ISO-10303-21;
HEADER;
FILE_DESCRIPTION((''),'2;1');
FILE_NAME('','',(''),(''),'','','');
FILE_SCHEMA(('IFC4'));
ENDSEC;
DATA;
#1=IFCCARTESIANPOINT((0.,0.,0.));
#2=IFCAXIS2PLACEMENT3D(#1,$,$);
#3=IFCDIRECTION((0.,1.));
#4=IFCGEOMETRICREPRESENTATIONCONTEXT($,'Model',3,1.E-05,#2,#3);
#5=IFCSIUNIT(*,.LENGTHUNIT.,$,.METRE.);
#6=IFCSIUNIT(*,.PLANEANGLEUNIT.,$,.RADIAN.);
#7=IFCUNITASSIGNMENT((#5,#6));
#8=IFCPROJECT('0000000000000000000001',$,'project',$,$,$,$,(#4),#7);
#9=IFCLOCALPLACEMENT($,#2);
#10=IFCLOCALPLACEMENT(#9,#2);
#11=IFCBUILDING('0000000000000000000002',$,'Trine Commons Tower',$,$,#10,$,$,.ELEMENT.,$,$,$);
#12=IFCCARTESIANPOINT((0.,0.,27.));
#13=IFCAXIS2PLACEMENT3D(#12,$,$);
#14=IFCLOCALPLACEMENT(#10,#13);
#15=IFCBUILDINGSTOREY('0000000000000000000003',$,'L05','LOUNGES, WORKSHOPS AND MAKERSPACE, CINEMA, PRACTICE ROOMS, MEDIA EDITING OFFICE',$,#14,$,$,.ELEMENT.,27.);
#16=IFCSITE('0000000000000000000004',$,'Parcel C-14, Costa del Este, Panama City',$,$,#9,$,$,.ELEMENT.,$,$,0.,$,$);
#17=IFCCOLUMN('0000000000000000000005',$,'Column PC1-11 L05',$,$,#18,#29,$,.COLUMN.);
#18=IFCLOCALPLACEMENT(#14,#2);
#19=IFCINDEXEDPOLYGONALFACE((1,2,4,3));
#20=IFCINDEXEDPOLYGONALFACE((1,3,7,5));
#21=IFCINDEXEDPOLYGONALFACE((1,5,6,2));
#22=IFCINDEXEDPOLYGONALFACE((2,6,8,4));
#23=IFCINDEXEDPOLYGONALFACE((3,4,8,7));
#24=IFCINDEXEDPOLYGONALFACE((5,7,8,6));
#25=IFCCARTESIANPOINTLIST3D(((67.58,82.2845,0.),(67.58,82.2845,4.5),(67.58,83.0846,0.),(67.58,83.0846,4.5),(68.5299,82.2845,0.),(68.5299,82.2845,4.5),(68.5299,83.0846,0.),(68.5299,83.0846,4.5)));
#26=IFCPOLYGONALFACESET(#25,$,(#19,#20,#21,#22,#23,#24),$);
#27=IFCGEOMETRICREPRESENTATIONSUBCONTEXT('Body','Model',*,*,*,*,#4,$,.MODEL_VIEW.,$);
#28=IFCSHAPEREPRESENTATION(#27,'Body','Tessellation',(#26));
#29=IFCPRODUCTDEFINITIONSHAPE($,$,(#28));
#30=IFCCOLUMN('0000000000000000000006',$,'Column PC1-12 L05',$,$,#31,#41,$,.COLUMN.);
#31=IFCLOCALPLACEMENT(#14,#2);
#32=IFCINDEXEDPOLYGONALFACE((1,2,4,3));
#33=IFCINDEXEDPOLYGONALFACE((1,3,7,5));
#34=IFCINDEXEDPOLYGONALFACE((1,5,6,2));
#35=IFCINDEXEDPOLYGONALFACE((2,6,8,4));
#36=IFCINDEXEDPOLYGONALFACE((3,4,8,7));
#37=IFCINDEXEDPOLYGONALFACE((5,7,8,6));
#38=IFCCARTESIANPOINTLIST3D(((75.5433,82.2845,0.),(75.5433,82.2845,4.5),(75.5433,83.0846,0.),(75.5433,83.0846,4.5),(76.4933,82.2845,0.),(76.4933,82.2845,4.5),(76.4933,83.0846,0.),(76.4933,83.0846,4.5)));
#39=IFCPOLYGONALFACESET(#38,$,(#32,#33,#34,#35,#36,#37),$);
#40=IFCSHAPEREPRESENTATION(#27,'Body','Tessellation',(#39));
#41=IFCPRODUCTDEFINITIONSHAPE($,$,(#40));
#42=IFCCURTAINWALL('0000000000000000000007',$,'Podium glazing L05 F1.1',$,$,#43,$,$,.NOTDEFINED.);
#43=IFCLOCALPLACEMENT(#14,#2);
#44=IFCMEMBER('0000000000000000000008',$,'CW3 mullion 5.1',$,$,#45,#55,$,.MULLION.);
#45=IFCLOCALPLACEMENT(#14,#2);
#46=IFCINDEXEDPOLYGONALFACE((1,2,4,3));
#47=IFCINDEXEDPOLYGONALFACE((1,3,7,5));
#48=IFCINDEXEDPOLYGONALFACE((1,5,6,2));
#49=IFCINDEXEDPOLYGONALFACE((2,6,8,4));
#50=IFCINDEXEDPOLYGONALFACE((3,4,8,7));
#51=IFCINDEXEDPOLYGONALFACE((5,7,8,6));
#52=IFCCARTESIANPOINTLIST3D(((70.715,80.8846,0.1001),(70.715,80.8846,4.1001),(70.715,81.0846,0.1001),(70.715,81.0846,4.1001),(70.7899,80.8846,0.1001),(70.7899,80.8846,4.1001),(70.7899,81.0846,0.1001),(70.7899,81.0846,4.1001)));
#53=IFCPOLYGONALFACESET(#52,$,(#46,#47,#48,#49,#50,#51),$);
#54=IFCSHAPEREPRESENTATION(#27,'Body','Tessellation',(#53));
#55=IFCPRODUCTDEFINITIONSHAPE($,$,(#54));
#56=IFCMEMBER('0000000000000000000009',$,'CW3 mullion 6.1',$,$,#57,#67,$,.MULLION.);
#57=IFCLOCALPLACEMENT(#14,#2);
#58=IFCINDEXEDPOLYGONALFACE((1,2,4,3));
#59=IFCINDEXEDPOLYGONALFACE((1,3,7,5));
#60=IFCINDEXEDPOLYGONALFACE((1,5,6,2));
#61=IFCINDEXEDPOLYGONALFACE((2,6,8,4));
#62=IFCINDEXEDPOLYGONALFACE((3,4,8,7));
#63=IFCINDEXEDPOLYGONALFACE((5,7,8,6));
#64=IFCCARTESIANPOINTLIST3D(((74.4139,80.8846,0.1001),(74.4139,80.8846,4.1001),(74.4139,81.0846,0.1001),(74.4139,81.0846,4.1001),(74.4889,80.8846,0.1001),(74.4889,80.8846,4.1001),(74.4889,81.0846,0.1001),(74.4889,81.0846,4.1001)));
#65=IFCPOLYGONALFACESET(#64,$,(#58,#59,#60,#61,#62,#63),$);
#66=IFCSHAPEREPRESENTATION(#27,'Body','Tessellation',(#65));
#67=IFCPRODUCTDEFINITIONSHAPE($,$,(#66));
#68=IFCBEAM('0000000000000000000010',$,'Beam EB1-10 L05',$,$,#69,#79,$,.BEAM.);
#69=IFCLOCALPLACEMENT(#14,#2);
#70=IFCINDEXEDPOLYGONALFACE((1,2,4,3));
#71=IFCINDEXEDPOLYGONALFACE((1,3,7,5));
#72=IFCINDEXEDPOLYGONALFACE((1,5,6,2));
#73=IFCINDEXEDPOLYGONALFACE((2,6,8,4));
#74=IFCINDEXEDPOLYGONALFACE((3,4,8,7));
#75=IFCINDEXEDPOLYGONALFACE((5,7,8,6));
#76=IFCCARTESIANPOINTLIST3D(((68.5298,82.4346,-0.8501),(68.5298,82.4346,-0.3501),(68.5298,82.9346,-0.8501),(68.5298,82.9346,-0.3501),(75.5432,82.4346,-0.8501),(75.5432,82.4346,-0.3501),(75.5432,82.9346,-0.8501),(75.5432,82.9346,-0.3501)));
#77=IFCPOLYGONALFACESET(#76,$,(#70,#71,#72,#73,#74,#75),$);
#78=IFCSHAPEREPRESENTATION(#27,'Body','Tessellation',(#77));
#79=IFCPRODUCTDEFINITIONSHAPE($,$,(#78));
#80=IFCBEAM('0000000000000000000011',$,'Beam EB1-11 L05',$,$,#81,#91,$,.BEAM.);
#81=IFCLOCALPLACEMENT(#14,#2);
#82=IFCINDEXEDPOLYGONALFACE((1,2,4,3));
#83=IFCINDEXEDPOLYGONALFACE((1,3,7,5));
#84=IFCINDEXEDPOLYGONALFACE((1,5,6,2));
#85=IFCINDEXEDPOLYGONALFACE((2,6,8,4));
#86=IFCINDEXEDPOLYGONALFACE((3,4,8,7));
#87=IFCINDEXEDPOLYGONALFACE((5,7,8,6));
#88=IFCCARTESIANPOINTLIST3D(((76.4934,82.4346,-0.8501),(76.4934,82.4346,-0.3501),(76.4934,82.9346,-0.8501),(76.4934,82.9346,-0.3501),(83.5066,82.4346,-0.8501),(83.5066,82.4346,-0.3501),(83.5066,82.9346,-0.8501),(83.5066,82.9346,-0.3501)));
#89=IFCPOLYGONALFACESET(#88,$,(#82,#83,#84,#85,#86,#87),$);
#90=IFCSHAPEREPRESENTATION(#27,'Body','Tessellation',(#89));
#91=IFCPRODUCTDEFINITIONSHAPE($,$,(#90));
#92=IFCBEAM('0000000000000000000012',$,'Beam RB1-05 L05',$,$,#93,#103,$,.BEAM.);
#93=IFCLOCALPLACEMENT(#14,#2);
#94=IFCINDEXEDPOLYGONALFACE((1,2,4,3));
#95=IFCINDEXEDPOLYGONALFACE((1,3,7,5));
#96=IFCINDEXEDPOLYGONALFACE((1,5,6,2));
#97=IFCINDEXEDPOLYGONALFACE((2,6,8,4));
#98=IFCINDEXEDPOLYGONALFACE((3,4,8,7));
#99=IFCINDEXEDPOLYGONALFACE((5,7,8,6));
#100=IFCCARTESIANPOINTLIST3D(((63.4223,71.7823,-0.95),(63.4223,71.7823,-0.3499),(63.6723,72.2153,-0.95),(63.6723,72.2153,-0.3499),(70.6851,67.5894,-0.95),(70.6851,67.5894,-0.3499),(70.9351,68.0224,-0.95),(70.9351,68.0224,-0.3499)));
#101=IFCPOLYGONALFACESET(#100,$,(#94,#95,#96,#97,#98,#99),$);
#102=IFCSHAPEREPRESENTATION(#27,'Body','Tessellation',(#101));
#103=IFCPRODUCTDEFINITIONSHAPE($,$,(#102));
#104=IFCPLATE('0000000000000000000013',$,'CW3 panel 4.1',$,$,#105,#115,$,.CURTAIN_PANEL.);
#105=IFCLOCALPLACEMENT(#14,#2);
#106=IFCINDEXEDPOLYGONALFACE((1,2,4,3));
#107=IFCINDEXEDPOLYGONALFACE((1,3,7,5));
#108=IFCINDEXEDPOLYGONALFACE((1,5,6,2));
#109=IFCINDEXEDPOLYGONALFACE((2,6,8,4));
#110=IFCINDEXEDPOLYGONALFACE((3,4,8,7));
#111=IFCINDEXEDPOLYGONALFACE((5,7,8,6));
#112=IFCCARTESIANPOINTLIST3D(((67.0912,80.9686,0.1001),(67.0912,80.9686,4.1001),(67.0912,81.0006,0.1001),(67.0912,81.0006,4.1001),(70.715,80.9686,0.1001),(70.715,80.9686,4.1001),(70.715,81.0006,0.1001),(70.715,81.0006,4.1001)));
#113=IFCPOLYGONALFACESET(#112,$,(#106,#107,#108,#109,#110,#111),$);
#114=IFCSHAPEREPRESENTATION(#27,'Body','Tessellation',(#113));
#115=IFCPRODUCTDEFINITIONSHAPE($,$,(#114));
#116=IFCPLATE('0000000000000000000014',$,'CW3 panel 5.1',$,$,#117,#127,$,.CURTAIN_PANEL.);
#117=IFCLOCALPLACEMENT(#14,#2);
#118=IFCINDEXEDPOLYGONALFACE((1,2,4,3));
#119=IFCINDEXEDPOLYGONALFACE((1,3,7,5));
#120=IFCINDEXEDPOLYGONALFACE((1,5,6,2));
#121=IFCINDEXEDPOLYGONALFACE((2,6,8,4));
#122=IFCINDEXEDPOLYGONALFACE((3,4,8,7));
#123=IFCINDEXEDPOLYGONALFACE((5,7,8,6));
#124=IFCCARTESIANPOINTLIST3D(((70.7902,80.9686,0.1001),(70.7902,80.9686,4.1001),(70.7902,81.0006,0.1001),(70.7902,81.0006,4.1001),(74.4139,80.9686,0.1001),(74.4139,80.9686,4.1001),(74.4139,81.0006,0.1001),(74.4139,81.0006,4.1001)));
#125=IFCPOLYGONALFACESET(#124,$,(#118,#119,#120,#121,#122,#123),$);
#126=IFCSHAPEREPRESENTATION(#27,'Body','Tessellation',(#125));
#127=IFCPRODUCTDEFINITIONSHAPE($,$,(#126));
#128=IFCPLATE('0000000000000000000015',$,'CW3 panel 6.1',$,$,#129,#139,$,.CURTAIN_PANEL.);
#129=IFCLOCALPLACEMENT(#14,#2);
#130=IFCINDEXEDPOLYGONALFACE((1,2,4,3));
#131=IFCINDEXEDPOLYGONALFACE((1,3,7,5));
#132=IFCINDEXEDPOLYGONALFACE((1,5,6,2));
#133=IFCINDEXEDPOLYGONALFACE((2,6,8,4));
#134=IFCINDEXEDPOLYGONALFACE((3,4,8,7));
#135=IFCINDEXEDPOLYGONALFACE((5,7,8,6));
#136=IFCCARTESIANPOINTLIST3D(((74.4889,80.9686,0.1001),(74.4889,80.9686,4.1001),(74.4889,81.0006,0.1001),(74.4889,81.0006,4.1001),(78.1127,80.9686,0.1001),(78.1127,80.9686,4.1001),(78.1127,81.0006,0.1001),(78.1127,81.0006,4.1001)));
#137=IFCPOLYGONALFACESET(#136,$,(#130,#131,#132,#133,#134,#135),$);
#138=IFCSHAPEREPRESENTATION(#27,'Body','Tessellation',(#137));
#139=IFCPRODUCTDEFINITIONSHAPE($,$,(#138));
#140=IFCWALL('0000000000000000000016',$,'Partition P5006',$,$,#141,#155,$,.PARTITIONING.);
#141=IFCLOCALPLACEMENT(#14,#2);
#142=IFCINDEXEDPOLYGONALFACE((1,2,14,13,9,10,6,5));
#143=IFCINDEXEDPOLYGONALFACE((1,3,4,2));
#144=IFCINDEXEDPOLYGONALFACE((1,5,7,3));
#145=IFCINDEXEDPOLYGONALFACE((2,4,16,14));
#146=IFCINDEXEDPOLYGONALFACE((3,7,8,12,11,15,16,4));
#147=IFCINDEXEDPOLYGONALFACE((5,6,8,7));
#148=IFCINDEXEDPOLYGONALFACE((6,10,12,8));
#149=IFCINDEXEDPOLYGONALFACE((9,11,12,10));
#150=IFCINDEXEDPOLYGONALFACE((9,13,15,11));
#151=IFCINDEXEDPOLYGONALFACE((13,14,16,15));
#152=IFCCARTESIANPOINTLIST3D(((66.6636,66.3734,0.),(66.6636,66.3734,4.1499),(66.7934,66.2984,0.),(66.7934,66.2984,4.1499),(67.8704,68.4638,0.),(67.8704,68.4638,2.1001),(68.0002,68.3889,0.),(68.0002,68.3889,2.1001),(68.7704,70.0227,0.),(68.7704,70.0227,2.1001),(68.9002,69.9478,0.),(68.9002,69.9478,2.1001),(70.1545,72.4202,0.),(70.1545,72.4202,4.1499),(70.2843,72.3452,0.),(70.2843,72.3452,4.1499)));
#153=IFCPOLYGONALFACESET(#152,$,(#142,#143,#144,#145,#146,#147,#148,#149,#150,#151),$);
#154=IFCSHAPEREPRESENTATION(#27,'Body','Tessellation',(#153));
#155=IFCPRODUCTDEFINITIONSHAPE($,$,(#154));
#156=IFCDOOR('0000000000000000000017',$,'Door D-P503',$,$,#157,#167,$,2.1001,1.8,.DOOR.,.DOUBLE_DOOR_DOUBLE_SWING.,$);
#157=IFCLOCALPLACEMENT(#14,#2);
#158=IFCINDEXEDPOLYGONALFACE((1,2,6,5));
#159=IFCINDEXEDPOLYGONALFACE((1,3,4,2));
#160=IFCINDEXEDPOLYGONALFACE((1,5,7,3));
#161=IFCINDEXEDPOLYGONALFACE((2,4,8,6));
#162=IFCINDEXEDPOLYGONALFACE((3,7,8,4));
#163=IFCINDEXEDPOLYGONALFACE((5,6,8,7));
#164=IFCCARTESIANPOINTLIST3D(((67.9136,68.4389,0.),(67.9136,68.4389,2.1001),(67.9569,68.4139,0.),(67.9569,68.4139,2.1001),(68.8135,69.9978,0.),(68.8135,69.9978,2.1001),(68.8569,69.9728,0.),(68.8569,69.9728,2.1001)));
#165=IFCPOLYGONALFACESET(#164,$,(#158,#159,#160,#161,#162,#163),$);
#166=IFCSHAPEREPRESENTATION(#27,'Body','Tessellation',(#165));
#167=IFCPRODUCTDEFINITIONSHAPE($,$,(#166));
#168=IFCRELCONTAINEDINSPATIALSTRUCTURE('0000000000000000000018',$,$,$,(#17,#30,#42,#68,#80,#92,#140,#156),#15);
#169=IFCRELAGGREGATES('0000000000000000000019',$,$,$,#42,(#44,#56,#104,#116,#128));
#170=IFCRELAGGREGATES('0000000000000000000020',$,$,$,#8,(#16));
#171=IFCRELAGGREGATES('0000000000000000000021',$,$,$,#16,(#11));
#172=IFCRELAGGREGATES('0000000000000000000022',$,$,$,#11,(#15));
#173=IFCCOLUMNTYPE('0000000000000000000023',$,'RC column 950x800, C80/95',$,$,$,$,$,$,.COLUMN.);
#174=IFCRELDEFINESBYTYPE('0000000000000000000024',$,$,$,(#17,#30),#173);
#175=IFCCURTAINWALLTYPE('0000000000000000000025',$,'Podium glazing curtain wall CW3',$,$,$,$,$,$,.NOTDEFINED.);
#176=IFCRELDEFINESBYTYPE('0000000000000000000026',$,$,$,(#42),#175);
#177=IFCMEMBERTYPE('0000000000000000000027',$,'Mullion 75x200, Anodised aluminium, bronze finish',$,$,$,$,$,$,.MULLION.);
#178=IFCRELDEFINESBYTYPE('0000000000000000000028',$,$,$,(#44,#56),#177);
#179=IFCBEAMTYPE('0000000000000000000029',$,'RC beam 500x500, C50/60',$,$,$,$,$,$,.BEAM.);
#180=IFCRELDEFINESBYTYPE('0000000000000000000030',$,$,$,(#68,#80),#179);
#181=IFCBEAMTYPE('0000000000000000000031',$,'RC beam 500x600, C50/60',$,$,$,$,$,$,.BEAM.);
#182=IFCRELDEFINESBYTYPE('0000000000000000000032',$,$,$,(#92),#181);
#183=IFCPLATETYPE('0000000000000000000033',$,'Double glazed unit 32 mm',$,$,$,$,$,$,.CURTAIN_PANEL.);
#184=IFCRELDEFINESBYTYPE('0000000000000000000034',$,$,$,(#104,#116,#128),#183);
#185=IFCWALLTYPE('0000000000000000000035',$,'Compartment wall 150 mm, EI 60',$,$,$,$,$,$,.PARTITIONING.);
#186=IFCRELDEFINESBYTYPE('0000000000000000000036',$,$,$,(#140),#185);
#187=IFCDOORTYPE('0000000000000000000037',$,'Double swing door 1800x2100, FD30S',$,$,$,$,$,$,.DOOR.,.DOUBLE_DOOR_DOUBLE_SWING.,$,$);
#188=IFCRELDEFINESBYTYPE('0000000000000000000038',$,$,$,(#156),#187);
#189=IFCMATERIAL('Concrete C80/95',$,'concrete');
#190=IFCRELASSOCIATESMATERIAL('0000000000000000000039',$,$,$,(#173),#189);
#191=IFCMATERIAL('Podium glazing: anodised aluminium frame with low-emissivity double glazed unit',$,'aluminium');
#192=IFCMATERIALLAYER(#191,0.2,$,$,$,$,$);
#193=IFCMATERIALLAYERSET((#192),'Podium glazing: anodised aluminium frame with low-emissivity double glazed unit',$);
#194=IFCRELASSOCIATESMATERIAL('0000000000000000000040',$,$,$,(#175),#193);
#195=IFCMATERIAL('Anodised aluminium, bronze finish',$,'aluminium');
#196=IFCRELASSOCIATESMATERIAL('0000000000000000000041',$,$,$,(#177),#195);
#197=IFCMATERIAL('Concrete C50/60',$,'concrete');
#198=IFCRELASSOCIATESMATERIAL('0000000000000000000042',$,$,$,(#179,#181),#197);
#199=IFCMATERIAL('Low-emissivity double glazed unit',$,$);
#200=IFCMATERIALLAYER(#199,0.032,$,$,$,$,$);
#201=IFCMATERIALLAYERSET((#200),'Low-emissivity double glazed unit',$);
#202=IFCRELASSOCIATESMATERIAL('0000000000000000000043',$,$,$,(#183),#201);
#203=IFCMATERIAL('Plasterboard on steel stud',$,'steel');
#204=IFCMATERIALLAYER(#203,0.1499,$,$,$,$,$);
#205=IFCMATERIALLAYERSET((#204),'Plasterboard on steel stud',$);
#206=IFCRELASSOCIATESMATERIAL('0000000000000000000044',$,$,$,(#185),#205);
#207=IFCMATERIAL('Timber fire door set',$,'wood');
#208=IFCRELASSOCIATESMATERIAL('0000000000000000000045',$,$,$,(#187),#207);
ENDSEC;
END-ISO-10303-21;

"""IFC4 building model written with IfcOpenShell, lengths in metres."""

from ifc_helpers import new_model, si_unit, direction, frame, frame_2d, origin, origin_2d, place, context, subcontext, project, spatial, rectangle, extrude, material, layer, layer_set, material_profile, profile_set, type_object, element, fill, aggregate, save


model = new_model("IFC4")

# Units and contexts
model_context = context("Model", 3, precision=1e-05, world=origin(), true_north=direction((0.0, 1.0)))
body_context = subcontext(model_context, "Body", "Model", "MODEL_VIEW")
ifc_project = project(units=[si_unit("LENGTHUNIT", "METRE"), si_unit("PLANEANGLEUNIT", "RADIAN")], contexts=[model_context])

# Site, building, storey
site_placement = place(None, origin())
site = spatial("IfcSite", under=ifc_project, at=site_placement, Name="Parcel C-14, Costa del Este, Panama City", CompositionType="ELEMENT", RefElevation=0.0)
building_placement = place(site_placement, origin())
building = spatial("IfcBuilding", under=site, at=building_placement, Name="Trine Commons Tower", CompositionType="ELEMENT")
storey_placement = place(building_placement, frame((0.0, 0.0, 27.0)))
storey = spatial("IfcBuildingStorey", under=building, at=storey_placement, Name="L05", Description="LOUNGES, WORKSHOPS AND MAKERSPACE, CINEMA, PRACTICE ROOMS, MEDIA EDITING OFFICE", CompositionType="ELEMENT", Elevation=27.0)

# Columns
ifc_material_1 = material(Name="Concrete C80/95", Category="concrete")
ifc_material_profile_1 = material_profile(ifc_material_1, rectangle(XDim=0.95, YDim=0.8, at=origin_2d()), Name="RC 950x800")
ifc_profile_set_1 = profile_set([ifc_material_profile_1], Name="Concrete C80/95")
column_type = type_object("IfcColumnType", Name="RC column 950x800, C80/95", PredefinedType="COLUMN", material=ifc_profile_set_1)
for number, where, z_axis, x_axis, name in (
    (1, (68.0549, 82.6846, 0.0), (0.0, 0.0, 1.0), (1.0, 0.0, 0.0), "Column PC1-11 L05"),
    (2, (76.0183, 82.6846, 0.0), (0.0, 0.0, 1.0), (1.0, 0.0, 0.0), "Column PC1-12 L05"),
):
    element("IfcColumn", number, at=place(storey_placement, frame(where, z_axis=z_axis, x_axis=x_axis)), inside=storey, type_object=column_type, Name=name, PredefinedType="COLUMN", context=body_context, shape_type="SweptSolid", body=[
        extrude(rectangle(XDim=0.95, YDim=0.8, at=origin_2d()), origin(), (0.0, 0.0, 1.0), 4.5),
    ])

# Curtain wall, members
ifc_material_2 = material(Name="Podium glazing: anodised aluminium frame with low-emissivity double glazed unit", Category="aluminium")
ifc_layer_1 = layer(ifc_material_2, 0.2)
ifc_layer_set_1 = layer_set([ifc_layer_1], Name="Podium glazing: anodised aluminium frame with low-emissivity double glazed unit")
curtain_wall_type = type_object("IfcCurtainWallType", Name="Podium glazing curtain wall CW3", PredefinedType="NOTDEFINED", material=ifc_layer_set_1)
curtain_wall_placement = place(storey_placement, origin())
curtain_wall = element("IfcCurtainWall", 3, at=curtain_wall_placement, inside=storey, type_object=curtain_wall_type, Name="Podium glazing L05 F1.1", PredefinedType="NOTDEFINED")
ifc_material_3 = material(Name="Anodised aluminium, bronze finish", Category="aluminium")
ifc_material_profile_2 = material_profile(ifc_material_3, rectangle(XDim=0.2, YDim=0.075, at=origin_2d()), Name="Mullion 75x200")
ifc_profile_set_2 = profile_set([ifc_material_profile_2], Name="Anodised aluminium, bronze finish")
member_type = type_object("IfcMemberType", Name="Mullion 75x200, Anodised aluminium, bronze finish", PredefinedType="MULLION", material=ifc_profile_set_2)
member_1_placement = place(storey_placement, frame((70.7524, 80.9846, 0.1001), z_axis=(0.0, 0.0, 1.0), x_axis=(0.0, 1.0, 0.0)))
member_1 = element("IfcMember", 4, at=member_1_placement, type_object=member_type, Name="CW3 mullion 5.1", PredefinedType="MULLION", context=body_context, shape_type="SweptSolid", body=[
    extrude(rectangle(XDim=0.2, YDim=0.075, at=origin_2d()), origin(), (0.0, 0.0, 1.0), 4.0),
])
member_2_placement = place(storey_placement, frame((74.4514, 80.9846, 0.1001), z_axis=(0.0, 0.0, 1.0), x_axis=(0.0, 1.0, 0.0)))
member_2 = element("IfcMember", 5, at=member_2_placement, type_object=member_type, Name="CW3 mullion 6.1", PredefinedType="MULLION", context=body_context, shape_type="SweptSolid", body=[
    extrude(rectangle(XDim=0.2, YDim=0.075, at=origin_2d()), origin(), (0.0, 0.0, 1.0), 4.0),
])

# Beams
ifc_material_4 = material(Name="Concrete C50/60", Category="concrete")
ifc_material_profile_3 = material_profile(ifc_material_4, rectangle(XDim=0.5, YDim=0.5, at=origin_2d()), Name="RC 500x500")
ifc_profile_set_3 = profile_set([ifc_material_profile_3], Name="Concrete C50/60")
beam_type_1 = type_object("IfcBeamType", Name="RC beam 500x500, C50/60", PredefinedType="BEAM", material=ifc_profile_set_3)
beam_1_placement = place(storey_placement, frame((68.5298, 82.6846, -0.6001), z_axis=(1.0, 0.0, 0.0), x_axis=(0.0, 1.0, 0.0)))
element("IfcBeam", 6, at=beam_1_placement, inside=storey, type_object=beam_type_1, Name="Beam EB1-10 L05", PredefinedType="BEAM", context=body_context, shape_type="SweptSolid", body=[
    extrude(rectangle(XDim=0.5, YDim=0.5, at=origin_2d()), origin(), (0.0, 0.0, 1.0), 7.0134),
])
beam_2_placement = place(storey_placement, frame((76.4934, 82.6846, -0.6001), z_axis=(1.0, 0.0, 0.0), x_axis=(0.0, 1.0, 0.0)))
element("IfcBeam", 7, at=beam_2_placement, inside=storey, type_object=beam_type_1, Name="Beam EB1-11 L05", PredefinedType="BEAM", context=body_context, shape_type="SweptSolid", body=[
    extrude(rectangle(XDim=0.5, YDim=0.5, at=origin_2d()), origin(), (0.0, 0.0, 1.0), 7.0132),
])
ifc_material_profile_4 = material_profile(ifc_material_4, rectangle(XDim=0.5, YDim=0.6001, at=origin_2d()), Name="RC 500x600")
ifc_profile_set_4 = profile_set([ifc_material_profile_4], Name="Concrete C50/60")
beam_type_2 = type_object("IfcBeamType", Name="RC beam 500x600, C50/60", PredefinedType="BEAM", material=ifc_profile_set_4)
beam_3_placement = place(storey_placement, frame((70.8101, 67.8059, -0.6499), z_axis=(-0.866038, 0.499978, 0.0), x_axis=(-0.499978, -0.866038, 0.0)))
element("IfcBeam", 8, at=beam_3_placement, inside=storey, type_object=beam_type_2, Name="Beam RB1-05 L05", PredefinedType="BEAM", context=body_context, shape_type="SweptSolid", body=[
    extrude(rectangle(XDim=0.5, YDim=0.6001, at=origin_2d()), origin(), (0.0, 0.0, 1.0), 8.3862),
])

# Plates
ifc_material_5 = material(Name="Low-emissivity double glazed unit")
ifc_layer_2 = layer(ifc_material_5, 0.032)
ifc_layer_set_2 = layer_set([ifc_layer_2], Name="Low-emissivity double glazed unit")
plate_type = type_object("IfcPlateType", Name="Double glazed unit 32 mm", PredefinedType="CURTAIN_PANEL", material=ifc_layer_set_2)
plate_1_placement = place(storey_placement, frame((68.9031, 80.9846, 0.1001), z_axis=(0.0, 0.0, 1.0), x_axis=(1.0, 0.0, 0.0)))
plate_1 = element("IfcPlate", 9, at=plate_1_placement, type_object=plate_type, Name="CW3 panel 4.1", PredefinedType="CURTAIN_PANEL", context=body_context, shape_type="SweptSolid", body=[
    extrude(rectangle(XDim=3.6238, YDim=0.032, at=origin_2d()), origin(), (0.0, 0.0, 1.0), 4.0),
])
plate_2_placement = place(storey_placement, frame((72.6021, 80.9846, 0.1001), z_axis=(0.0, 0.0, 1.0), x_axis=(1.0, 0.0, 0.0)))
plate_2 = element("IfcPlate", 10, at=plate_2_placement, type_object=plate_type, Name="CW3 panel 5.1", PredefinedType="CURTAIN_PANEL", context=body_context, shape_type="SweptSolid", body=[
    extrude(rectangle(XDim=3.6238, YDim=0.032, at=origin_2d()), origin(), (0.0, 0.0, 1.0), 4.0),
])
plate_3_placement = place(storey_placement, frame((76.3008, 80.9846, 0.1001), z_axis=(0.0, 0.0, 1.0), x_axis=(1.0, 0.0, 0.0)))
plate_3 = element("IfcPlate", 11, at=plate_3_placement, type_object=plate_type, Name="CW3 panel 6.1", PredefinedType="CURTAIN_PANEL", context=body_context, shape_type="SweptSolid", body=[
    extrude(rectangle(XDim=3.6238, YDim=0.032, at=origin_2d()), origin(), (0.0, 0.0, 1.0), 4.0),
])
aggregate(curtain_wall, [member_1, member_2, plate_1, plate_2, plate_3])

# Wall, opening, door
ifc_material_6 = material(Name="Plasterboard on steel stud", Category="steel")
ifc_layer_3 = layer(ifc_material_6, 0.1499)
ifc_layer_set_3 = layer_set([ifc_layer_3], Name="Plasterboard on steel stud")
wall_type_1 = type_object("IfcWallType", Name="Compartment wall 150 mm, EI 60", PredefinedType="PARTITIONING", material=ifc_layer_set_3)
wall_1_placement = place(storey_placement, frame((70.2195, 72.3828, 0.0), z_axis=(0.0, 0.0, 1.0), x_axis=(-0.499979, -0.866038, 0.0)))
wall_1 = element("IfcWall", 12, at=wall_1_placement, inside=storey, type_object=wall_type_1, Name="Partition P5006", PredefinedType="PARTITIONING", context=body_context, shape_type="SweptSolid", body=[
    extrude(rectangle(XDim=6.9822, YDim=0.1499, at=frame_2d((3.4912, 0.0))), origin(), (0.0, 0.0, 1.0), 4.1499),
])
opening_1_placement = place(wall_1_placement, frame((2.7686, 0.0, 0.0)))
opening_1 = element("IfcOpeningElement", 13, at=opening_1_placement, cuts=wall_1, PredefinedType="OPENING", context=body_context, shape_type="SweptSolid", body=[
    extrude(rectangle(XDim=1.8, YDim=2.1001, at=frame_2d((0.8999, 1.05))), frame((0.0, 0.085, 0.0), z_axis=(0.0, -1.0, 0.0), x_axis=(1.0, 0.0, 0.0)), (0.0, 0.0, 1.0), 0.1699),
])
ifc_material_7 = material(Name="Timber fire door set", Category="wood")
door_type_1 = type_object("IfcDoorType", Name="Double swing door 1800x2100, FD30S", OperationType="DOUBLE_DOOR_DOUBLE_SWING", PredefinedType="DOOR", material=ifc_material_7)
door_1_placement = place(opening_1_placement, origin())
door_1 = element("IfcDoor", 14, at=door_1_placement, inside=storey, type_object=door_type_1, Name="Door D-P503", OperationType="DOUBLE_DOOR_DOUBLE_SWING", OverallHeight=2.1001, OverallWidth=1.8, PredefinedType="DOOR", context=body_context, shape_type="SweptSolid", body=[
    extrude(rectangle(XDim=1.8, YDim=2.1001, at=frame_2d((0.8999, 1.05))), frame((0.0, 0.0249, 0.0), z_axis=(0.0, -1.0, 0.0), x_axis=(1.0, 0.0, 0.0)), (0.0, 0.0, 1.0), 0.05),
])
fill(opening_1, door_1)

save(model, "model.ifc")
